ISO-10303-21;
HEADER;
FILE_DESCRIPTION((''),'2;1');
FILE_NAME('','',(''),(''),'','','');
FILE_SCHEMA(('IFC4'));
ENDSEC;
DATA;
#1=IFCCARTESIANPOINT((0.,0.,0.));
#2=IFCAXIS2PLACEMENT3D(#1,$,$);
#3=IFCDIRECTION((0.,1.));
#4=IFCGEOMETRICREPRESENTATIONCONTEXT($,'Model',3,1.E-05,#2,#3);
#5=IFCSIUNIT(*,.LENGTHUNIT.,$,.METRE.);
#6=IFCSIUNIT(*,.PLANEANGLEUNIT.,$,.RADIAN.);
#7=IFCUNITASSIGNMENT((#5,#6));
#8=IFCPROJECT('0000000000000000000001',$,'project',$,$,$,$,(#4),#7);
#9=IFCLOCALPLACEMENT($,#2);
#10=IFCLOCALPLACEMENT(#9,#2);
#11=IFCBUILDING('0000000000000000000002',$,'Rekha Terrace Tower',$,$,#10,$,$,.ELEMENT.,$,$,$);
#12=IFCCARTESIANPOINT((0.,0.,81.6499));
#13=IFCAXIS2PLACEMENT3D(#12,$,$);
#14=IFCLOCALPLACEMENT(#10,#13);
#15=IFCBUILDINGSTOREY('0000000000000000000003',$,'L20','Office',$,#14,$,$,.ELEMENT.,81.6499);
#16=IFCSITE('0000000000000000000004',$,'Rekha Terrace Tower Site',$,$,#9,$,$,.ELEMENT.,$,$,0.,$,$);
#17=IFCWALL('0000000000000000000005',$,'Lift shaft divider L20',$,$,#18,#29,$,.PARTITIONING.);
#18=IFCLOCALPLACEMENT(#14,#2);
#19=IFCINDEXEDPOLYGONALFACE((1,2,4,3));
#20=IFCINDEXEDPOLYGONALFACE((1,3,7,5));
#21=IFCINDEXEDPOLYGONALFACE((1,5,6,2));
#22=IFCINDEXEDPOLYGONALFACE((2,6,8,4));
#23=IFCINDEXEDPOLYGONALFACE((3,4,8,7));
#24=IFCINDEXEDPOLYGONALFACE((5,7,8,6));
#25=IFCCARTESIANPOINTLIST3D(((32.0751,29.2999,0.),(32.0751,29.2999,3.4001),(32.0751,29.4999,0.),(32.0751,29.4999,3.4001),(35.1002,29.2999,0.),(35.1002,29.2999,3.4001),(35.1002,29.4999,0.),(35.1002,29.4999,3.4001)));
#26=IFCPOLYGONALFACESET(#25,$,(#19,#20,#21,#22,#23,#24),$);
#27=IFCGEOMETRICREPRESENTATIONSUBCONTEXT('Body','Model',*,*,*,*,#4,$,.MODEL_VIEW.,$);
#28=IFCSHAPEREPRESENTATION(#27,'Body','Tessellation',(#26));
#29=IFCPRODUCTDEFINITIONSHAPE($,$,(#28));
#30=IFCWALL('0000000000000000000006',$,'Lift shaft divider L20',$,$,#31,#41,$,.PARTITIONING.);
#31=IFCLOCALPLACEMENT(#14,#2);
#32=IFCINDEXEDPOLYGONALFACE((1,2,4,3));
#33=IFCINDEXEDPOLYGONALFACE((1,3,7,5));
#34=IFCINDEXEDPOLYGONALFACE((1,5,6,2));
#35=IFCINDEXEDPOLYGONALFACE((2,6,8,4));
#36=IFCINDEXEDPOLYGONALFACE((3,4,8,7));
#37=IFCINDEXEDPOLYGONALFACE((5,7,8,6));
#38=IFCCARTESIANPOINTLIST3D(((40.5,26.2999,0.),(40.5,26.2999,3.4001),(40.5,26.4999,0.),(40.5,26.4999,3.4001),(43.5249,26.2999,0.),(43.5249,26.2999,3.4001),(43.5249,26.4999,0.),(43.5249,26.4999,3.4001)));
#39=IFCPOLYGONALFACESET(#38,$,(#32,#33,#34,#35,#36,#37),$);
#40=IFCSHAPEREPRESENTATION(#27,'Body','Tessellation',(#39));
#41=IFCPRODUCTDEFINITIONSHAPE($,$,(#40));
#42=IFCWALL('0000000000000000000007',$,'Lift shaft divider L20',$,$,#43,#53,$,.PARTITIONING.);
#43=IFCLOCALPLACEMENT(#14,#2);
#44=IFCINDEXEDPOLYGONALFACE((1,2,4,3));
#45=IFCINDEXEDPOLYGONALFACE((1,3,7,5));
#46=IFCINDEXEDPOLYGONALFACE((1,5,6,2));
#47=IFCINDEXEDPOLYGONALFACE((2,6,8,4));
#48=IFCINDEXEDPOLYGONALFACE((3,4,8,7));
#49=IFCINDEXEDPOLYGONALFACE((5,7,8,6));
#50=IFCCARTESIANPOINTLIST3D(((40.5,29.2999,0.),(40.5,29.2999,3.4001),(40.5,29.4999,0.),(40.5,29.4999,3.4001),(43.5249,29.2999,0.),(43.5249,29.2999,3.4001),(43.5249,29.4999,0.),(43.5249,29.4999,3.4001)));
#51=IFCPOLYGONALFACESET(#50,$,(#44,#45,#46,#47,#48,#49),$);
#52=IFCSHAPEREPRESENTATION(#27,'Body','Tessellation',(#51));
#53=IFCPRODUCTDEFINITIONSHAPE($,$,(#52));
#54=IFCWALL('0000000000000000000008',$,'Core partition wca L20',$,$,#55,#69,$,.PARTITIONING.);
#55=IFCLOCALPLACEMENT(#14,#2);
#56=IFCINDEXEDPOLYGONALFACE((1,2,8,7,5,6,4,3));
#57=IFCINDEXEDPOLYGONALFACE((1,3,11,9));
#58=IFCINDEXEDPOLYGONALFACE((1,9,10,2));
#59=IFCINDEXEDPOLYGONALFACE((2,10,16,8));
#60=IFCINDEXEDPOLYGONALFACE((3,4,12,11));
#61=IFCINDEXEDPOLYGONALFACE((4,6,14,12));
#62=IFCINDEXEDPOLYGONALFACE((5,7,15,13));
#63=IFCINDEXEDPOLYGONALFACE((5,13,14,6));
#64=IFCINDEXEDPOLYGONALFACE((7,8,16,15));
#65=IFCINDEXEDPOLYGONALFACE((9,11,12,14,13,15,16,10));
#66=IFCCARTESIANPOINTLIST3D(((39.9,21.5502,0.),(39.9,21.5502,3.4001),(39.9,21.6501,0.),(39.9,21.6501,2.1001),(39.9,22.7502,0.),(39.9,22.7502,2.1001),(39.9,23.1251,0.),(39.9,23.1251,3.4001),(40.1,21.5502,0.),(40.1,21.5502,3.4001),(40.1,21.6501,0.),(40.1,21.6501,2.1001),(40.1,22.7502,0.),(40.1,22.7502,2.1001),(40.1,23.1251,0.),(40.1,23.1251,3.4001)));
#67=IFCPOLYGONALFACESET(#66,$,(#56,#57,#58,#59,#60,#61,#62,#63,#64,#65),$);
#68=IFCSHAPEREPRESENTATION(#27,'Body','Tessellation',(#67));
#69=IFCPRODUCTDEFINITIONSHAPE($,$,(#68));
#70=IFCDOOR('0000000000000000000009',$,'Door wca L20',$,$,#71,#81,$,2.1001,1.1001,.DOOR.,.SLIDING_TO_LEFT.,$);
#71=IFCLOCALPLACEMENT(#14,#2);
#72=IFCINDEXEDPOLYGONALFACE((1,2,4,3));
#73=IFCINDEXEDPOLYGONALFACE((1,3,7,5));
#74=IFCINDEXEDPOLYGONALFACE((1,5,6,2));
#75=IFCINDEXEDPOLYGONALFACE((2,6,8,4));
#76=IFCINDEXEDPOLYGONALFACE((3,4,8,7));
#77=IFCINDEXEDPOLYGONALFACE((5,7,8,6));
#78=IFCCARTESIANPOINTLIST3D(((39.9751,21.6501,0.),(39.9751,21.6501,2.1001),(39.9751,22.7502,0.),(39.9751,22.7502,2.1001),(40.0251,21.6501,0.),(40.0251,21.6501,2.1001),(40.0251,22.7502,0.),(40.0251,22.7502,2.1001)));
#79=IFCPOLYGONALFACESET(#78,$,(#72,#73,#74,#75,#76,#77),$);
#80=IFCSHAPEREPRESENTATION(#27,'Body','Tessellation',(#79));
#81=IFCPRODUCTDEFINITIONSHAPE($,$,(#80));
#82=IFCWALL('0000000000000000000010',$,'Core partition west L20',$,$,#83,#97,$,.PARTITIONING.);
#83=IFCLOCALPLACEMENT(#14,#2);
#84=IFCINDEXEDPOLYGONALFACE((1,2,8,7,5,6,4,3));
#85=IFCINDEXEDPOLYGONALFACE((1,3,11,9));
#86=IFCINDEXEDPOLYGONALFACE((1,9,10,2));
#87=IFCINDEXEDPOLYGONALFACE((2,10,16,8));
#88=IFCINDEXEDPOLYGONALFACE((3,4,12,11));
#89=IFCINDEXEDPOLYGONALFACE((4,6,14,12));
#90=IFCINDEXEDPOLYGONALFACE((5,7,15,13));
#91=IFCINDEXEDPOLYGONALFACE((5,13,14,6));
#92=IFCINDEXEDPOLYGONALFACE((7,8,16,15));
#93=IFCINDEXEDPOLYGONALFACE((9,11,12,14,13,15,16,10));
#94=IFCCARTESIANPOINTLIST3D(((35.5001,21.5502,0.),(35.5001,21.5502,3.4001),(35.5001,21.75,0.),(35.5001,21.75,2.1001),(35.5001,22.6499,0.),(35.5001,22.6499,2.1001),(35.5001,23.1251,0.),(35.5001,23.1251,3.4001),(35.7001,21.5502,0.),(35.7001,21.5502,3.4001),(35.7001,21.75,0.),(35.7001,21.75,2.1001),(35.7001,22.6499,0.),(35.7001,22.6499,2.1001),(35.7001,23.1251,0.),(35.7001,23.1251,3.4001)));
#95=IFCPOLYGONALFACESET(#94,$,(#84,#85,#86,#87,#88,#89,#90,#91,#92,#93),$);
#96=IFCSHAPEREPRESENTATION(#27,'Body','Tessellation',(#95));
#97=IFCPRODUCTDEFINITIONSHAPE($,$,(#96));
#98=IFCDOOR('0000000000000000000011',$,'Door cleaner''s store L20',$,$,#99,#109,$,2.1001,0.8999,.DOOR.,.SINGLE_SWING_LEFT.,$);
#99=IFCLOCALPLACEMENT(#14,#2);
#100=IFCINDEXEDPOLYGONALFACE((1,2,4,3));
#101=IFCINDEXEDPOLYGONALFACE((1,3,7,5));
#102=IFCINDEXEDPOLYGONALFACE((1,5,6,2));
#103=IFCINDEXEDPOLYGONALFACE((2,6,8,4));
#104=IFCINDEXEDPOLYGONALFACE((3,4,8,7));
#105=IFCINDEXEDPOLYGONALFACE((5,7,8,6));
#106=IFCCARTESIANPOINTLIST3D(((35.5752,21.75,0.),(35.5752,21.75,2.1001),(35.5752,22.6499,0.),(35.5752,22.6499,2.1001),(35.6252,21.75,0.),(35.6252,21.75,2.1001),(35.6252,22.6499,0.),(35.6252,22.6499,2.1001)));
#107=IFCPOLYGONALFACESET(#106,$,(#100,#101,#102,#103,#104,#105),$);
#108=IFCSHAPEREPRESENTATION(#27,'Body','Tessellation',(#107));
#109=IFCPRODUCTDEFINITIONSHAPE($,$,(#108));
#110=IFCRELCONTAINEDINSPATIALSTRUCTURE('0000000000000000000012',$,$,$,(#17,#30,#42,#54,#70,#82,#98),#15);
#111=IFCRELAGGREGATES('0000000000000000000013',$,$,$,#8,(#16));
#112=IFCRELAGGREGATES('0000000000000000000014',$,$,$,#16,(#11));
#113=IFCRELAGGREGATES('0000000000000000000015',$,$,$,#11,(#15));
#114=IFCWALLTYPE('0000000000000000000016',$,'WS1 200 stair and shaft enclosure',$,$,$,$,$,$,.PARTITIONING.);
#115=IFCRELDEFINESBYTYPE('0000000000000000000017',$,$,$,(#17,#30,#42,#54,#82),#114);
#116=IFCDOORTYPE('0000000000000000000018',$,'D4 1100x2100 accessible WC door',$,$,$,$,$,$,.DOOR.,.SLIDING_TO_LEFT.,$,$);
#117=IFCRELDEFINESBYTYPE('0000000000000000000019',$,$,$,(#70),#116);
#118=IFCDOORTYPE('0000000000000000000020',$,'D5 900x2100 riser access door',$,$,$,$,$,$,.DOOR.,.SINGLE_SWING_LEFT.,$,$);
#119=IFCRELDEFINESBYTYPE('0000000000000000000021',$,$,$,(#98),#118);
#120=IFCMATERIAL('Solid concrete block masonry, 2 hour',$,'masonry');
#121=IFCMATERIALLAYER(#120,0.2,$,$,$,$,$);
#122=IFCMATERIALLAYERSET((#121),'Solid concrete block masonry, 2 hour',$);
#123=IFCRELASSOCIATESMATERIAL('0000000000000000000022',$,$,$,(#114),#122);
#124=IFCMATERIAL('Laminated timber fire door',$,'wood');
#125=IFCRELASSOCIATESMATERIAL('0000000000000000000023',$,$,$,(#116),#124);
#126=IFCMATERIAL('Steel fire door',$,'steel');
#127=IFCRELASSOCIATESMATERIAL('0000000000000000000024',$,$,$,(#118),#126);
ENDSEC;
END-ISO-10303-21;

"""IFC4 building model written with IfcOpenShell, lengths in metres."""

from ifc_helpers import new_model, si_unit, direction, frame, frame_2d, origin, place, context, subcontext, project, spatial, rectangle, extrude, material, layer, layer_set, type_object, element, fill, save


model = new_model("IFC4")

# Units and contexts
model_context = context("Model", 3, precision=1e-05, world=origin(), true_north=direction((0.0, 1.0)))
body_context = subcontext(model_context, "Body", "Model", "MODEL_VIEW")
ifc_project = project(units=[si_unit("LENGTHUNIT", "METRE"), si_unit("PLANEANGLEUNIT", "RADIAN")], contexts=[model_context])

# Site, building, storey
site_placement = place(None, origin())
site = spatial("IfcSite", under=ifc_project, at=site_placement, Name="Rekha Terrace Tower Site", CompositionType="ELEMENT", RefElevation=0.0)
building_placement = place(site_placement, origin())
building = spatial("IfcBuilding", under=site, at=building_placement, Name="Rekha Terrace Tower", CompositionType="ELEMENT")
storey_placement = place(building_placement, frame((0.0, 0.0, 81.6499)))
storey = spatial("IfcBuildingStorey", under=building, at=storey_placement, Name="L20", Description="Office", CompositionType="ELEMENT", Elevation=81.6499)

# Walls
ifc_material_1 = material(Name="Solid concrete block masonry, 2 hour", Category="masonry")
ifc_layer_1 = layer(ifc_material_1, 0.2)
ifc_layer_set_1 = layer_set([ifc_layer_1], Name="Solid concrete block masonry, 2 hour")
wall_type_1 = type_object("IfcWallType", Name="WS1 200 stair and shaft enclosure", PredefinedType="PARTITIONING", material=ifc_layer_set_1)
for number, where, z_axis, x_axis, name in (
    (1, (32.075, 29.3999, 0.0), (0.0, 0.0, 1.0), (1.0, 0.0, 0.0), "Lift shaft divider L20"),
):
    element("IfcWall", number, at=place(storey_placement, frame(where, z_axis=z_axis, x_axis=x_axis)), inside=storey, type_object=wall_type_1, Name=name, PredefinedType="PARTITIONING", context=body_context, shape_type="SweptSolid", body=[
        extrude(rectangle(XDim=3.0251, YDim=0.2, at=frame_2d((1.5127, 0.0))), origin(), (0.0, 0.0, 1.0), 3.4001),
    ])
for number, where, z_axis, x_axis, name in (
    (2, (40.5, 26.3999, 0.0), (0.0, 0.0, 1.0), (1.0, 0.0, 0.0), "Lift shaft divider L20"),
    (3, (40.5, 29.3999, 0.0), (0.0, 0.0, 1.0), (1.0, 0.0, 0.0), "Lift shaft divider L20"),
):
    element("IfcWall", number, at=place(storey_placement, frame(where, z_axis=z_axis, x_axis=x_axis)), inside=storey, type_object=wall_type_1, Name=name, PredefinedType="PARTITIONING", context=body_context, shape_type="SweptSolid", body=[
        extrude(rectangle(XDim=3.0249, YDim=0.2, at=frame_2d((1.5125, 0.0))), origin(), (0.0, 0.0, 1.0), 3.4001),
    ])

# Walls, openings, doors
wall_1_placement = place(storey_placement, frame((40.0, 21.55, 0.0), z_axis=(0.0, 0.0, 1.0), x_axis=(0.0, 1.0, 0.0)))
wall_1 = element("IfcWall", 4, at=wall_1_placement, inside=storey, type_object=wall_type_1, Name="Core partition wca L20", PredefinedType="PARTITIONING", context=body_context, shape_type="SweptSolid", body=[
    extrude(rectangle(XDim=1.575, YDim=0.2, at=frame_2d((0.7876, 0.0))), origin(), (0.0, 0.0, 1.0), 3.4001),
])
opening_1_placement = place(wall_1_placement, frame((0.1001, 0.0, 0.0)))
opening_1 = element("IfcOpeningElement", 5, at=opening_1_placement, cuts=wall_1, PredefinedType="OPENING", context=body_context, shape_type="SweptSolid", body=[
    extrude(rectangle(XDim=1.1001, YDim=2.1001, at=frame_2d((0.55, 1.05))), frame((0.0, 0.1099, 0.0), z_axis=(0.0, -1.0, 0.0), x_axis=(1.0, 0.0, 0.0)), (0.0, 0.0, 1.0), 0.22),
])
ifc_material_2 = material(Name="Laminated timber fire door", Category="wood")
door_type_1 = type_object("IfcDoorType", Name="D4 1100x2100 accessible WC door", OperationType="SLIDING_TO_LEFT", PredefinedType="DOOR", material=ifc_material_2)
door_1_placement = place(opening_1_placement, origin())
door_1 = element("IfcDoor", 6, at=door_1_placement, inside=storey, type_object=door_type_1, Name="Door wca L20", OperationType="SLIDING_TO_LEFT", OverallHeight=2.1001, OverallWidth=1.1001, PredefinedType="DOOR", context=body_context, shape_type="SweptSolid", body=[
    extrude(rectangle(XDim=1.1001, YDim=2.1001, at=frame_2d((0.55, 1.05))), frame((0.0, 0.0249, 0.0), z_axis=(0.0, -1.0, 0.0), x_axis=(1.0, 0.0, 0.0)), (0.0, 0.0, 1.0), 0.05),
])
fill(opening_1, door_1)
wall_2_placement = place(storey_placement, frame((35.6001, 21.55, 0.0), z_axis=(0.0, 0.0, 1.0), x_axis=(0.0, 1.0, 0.0)))
wall_2 = element("IfcWall", 7, at=wall_2_placement, inside=storey, type_object=wall_type_1, Name="Core partition west L20", PredefinedType="PARTITIONING", context=body_context, shape_type="SweptSolid", body=[
    extrude(rectangle(XDim=1.575, YDim=0.2, at=frame_2d((0.7876, 0.0))), origin(), (0.0, 0.0, 1.0), 3.4001),
])
opening_2_placement = place(wall_2_placement, frame((0.2, 0.0, 0.0)))
opening_2 = element("IfcOpeningElement", 8, at=opening_2_placement, cuts=wall_2, PredefinedType="OPENING", context=body_context, shape_type="SweptSolid", body=[
    extrude(rectangle(XDim=0.8999, YDim=2.1001, at=frame_2d((0.45, 1.05))), frame((0.0, 0.1099, 0.0), z_axis=(0.0, -1.0, 0.0), x_axis=(1.0, 0.0, 0.0)), (0.0, 0.0, 1.0), 0.22),
])
ifc_material_3 = material(Name="Steel fire door", Category="steel")
door_type_2 = type_object("IfcDoorType", Name="D5 900x2100 riser access door", OperationType="SINGLE_SWING_LEFT", PredefinedType="DOOR", material=ifc_material_3)
door_2_placement = place(opening_2_placement, origin())
door_2 = element("IfcDoor", 9, at=door_2_placement, inside=storey, type_object=door_type_2, Name="Door cleaner's store L20", OperationType="SINGLE_SWING_LEFT", OverallHeight=2.1001, OverallWidth=0.8999, PredefinedType="DOOR", context=body_context, shape_type="SweptSolid", body=[
    extrude(rectangle(XDim=0.8999, YDim=2.1001, at=frame_2d((0.45, 1.05))), frame((0.0, 0.0249, 0.0), z_axis=(0.0, -1.0, 0.0), x_axis=(1.0, 0.0, 0.0)), (0.0, 0.0, 1.0), 0.05),
])
fill(opening_2, door_2)

save(model, "model.ifc")
